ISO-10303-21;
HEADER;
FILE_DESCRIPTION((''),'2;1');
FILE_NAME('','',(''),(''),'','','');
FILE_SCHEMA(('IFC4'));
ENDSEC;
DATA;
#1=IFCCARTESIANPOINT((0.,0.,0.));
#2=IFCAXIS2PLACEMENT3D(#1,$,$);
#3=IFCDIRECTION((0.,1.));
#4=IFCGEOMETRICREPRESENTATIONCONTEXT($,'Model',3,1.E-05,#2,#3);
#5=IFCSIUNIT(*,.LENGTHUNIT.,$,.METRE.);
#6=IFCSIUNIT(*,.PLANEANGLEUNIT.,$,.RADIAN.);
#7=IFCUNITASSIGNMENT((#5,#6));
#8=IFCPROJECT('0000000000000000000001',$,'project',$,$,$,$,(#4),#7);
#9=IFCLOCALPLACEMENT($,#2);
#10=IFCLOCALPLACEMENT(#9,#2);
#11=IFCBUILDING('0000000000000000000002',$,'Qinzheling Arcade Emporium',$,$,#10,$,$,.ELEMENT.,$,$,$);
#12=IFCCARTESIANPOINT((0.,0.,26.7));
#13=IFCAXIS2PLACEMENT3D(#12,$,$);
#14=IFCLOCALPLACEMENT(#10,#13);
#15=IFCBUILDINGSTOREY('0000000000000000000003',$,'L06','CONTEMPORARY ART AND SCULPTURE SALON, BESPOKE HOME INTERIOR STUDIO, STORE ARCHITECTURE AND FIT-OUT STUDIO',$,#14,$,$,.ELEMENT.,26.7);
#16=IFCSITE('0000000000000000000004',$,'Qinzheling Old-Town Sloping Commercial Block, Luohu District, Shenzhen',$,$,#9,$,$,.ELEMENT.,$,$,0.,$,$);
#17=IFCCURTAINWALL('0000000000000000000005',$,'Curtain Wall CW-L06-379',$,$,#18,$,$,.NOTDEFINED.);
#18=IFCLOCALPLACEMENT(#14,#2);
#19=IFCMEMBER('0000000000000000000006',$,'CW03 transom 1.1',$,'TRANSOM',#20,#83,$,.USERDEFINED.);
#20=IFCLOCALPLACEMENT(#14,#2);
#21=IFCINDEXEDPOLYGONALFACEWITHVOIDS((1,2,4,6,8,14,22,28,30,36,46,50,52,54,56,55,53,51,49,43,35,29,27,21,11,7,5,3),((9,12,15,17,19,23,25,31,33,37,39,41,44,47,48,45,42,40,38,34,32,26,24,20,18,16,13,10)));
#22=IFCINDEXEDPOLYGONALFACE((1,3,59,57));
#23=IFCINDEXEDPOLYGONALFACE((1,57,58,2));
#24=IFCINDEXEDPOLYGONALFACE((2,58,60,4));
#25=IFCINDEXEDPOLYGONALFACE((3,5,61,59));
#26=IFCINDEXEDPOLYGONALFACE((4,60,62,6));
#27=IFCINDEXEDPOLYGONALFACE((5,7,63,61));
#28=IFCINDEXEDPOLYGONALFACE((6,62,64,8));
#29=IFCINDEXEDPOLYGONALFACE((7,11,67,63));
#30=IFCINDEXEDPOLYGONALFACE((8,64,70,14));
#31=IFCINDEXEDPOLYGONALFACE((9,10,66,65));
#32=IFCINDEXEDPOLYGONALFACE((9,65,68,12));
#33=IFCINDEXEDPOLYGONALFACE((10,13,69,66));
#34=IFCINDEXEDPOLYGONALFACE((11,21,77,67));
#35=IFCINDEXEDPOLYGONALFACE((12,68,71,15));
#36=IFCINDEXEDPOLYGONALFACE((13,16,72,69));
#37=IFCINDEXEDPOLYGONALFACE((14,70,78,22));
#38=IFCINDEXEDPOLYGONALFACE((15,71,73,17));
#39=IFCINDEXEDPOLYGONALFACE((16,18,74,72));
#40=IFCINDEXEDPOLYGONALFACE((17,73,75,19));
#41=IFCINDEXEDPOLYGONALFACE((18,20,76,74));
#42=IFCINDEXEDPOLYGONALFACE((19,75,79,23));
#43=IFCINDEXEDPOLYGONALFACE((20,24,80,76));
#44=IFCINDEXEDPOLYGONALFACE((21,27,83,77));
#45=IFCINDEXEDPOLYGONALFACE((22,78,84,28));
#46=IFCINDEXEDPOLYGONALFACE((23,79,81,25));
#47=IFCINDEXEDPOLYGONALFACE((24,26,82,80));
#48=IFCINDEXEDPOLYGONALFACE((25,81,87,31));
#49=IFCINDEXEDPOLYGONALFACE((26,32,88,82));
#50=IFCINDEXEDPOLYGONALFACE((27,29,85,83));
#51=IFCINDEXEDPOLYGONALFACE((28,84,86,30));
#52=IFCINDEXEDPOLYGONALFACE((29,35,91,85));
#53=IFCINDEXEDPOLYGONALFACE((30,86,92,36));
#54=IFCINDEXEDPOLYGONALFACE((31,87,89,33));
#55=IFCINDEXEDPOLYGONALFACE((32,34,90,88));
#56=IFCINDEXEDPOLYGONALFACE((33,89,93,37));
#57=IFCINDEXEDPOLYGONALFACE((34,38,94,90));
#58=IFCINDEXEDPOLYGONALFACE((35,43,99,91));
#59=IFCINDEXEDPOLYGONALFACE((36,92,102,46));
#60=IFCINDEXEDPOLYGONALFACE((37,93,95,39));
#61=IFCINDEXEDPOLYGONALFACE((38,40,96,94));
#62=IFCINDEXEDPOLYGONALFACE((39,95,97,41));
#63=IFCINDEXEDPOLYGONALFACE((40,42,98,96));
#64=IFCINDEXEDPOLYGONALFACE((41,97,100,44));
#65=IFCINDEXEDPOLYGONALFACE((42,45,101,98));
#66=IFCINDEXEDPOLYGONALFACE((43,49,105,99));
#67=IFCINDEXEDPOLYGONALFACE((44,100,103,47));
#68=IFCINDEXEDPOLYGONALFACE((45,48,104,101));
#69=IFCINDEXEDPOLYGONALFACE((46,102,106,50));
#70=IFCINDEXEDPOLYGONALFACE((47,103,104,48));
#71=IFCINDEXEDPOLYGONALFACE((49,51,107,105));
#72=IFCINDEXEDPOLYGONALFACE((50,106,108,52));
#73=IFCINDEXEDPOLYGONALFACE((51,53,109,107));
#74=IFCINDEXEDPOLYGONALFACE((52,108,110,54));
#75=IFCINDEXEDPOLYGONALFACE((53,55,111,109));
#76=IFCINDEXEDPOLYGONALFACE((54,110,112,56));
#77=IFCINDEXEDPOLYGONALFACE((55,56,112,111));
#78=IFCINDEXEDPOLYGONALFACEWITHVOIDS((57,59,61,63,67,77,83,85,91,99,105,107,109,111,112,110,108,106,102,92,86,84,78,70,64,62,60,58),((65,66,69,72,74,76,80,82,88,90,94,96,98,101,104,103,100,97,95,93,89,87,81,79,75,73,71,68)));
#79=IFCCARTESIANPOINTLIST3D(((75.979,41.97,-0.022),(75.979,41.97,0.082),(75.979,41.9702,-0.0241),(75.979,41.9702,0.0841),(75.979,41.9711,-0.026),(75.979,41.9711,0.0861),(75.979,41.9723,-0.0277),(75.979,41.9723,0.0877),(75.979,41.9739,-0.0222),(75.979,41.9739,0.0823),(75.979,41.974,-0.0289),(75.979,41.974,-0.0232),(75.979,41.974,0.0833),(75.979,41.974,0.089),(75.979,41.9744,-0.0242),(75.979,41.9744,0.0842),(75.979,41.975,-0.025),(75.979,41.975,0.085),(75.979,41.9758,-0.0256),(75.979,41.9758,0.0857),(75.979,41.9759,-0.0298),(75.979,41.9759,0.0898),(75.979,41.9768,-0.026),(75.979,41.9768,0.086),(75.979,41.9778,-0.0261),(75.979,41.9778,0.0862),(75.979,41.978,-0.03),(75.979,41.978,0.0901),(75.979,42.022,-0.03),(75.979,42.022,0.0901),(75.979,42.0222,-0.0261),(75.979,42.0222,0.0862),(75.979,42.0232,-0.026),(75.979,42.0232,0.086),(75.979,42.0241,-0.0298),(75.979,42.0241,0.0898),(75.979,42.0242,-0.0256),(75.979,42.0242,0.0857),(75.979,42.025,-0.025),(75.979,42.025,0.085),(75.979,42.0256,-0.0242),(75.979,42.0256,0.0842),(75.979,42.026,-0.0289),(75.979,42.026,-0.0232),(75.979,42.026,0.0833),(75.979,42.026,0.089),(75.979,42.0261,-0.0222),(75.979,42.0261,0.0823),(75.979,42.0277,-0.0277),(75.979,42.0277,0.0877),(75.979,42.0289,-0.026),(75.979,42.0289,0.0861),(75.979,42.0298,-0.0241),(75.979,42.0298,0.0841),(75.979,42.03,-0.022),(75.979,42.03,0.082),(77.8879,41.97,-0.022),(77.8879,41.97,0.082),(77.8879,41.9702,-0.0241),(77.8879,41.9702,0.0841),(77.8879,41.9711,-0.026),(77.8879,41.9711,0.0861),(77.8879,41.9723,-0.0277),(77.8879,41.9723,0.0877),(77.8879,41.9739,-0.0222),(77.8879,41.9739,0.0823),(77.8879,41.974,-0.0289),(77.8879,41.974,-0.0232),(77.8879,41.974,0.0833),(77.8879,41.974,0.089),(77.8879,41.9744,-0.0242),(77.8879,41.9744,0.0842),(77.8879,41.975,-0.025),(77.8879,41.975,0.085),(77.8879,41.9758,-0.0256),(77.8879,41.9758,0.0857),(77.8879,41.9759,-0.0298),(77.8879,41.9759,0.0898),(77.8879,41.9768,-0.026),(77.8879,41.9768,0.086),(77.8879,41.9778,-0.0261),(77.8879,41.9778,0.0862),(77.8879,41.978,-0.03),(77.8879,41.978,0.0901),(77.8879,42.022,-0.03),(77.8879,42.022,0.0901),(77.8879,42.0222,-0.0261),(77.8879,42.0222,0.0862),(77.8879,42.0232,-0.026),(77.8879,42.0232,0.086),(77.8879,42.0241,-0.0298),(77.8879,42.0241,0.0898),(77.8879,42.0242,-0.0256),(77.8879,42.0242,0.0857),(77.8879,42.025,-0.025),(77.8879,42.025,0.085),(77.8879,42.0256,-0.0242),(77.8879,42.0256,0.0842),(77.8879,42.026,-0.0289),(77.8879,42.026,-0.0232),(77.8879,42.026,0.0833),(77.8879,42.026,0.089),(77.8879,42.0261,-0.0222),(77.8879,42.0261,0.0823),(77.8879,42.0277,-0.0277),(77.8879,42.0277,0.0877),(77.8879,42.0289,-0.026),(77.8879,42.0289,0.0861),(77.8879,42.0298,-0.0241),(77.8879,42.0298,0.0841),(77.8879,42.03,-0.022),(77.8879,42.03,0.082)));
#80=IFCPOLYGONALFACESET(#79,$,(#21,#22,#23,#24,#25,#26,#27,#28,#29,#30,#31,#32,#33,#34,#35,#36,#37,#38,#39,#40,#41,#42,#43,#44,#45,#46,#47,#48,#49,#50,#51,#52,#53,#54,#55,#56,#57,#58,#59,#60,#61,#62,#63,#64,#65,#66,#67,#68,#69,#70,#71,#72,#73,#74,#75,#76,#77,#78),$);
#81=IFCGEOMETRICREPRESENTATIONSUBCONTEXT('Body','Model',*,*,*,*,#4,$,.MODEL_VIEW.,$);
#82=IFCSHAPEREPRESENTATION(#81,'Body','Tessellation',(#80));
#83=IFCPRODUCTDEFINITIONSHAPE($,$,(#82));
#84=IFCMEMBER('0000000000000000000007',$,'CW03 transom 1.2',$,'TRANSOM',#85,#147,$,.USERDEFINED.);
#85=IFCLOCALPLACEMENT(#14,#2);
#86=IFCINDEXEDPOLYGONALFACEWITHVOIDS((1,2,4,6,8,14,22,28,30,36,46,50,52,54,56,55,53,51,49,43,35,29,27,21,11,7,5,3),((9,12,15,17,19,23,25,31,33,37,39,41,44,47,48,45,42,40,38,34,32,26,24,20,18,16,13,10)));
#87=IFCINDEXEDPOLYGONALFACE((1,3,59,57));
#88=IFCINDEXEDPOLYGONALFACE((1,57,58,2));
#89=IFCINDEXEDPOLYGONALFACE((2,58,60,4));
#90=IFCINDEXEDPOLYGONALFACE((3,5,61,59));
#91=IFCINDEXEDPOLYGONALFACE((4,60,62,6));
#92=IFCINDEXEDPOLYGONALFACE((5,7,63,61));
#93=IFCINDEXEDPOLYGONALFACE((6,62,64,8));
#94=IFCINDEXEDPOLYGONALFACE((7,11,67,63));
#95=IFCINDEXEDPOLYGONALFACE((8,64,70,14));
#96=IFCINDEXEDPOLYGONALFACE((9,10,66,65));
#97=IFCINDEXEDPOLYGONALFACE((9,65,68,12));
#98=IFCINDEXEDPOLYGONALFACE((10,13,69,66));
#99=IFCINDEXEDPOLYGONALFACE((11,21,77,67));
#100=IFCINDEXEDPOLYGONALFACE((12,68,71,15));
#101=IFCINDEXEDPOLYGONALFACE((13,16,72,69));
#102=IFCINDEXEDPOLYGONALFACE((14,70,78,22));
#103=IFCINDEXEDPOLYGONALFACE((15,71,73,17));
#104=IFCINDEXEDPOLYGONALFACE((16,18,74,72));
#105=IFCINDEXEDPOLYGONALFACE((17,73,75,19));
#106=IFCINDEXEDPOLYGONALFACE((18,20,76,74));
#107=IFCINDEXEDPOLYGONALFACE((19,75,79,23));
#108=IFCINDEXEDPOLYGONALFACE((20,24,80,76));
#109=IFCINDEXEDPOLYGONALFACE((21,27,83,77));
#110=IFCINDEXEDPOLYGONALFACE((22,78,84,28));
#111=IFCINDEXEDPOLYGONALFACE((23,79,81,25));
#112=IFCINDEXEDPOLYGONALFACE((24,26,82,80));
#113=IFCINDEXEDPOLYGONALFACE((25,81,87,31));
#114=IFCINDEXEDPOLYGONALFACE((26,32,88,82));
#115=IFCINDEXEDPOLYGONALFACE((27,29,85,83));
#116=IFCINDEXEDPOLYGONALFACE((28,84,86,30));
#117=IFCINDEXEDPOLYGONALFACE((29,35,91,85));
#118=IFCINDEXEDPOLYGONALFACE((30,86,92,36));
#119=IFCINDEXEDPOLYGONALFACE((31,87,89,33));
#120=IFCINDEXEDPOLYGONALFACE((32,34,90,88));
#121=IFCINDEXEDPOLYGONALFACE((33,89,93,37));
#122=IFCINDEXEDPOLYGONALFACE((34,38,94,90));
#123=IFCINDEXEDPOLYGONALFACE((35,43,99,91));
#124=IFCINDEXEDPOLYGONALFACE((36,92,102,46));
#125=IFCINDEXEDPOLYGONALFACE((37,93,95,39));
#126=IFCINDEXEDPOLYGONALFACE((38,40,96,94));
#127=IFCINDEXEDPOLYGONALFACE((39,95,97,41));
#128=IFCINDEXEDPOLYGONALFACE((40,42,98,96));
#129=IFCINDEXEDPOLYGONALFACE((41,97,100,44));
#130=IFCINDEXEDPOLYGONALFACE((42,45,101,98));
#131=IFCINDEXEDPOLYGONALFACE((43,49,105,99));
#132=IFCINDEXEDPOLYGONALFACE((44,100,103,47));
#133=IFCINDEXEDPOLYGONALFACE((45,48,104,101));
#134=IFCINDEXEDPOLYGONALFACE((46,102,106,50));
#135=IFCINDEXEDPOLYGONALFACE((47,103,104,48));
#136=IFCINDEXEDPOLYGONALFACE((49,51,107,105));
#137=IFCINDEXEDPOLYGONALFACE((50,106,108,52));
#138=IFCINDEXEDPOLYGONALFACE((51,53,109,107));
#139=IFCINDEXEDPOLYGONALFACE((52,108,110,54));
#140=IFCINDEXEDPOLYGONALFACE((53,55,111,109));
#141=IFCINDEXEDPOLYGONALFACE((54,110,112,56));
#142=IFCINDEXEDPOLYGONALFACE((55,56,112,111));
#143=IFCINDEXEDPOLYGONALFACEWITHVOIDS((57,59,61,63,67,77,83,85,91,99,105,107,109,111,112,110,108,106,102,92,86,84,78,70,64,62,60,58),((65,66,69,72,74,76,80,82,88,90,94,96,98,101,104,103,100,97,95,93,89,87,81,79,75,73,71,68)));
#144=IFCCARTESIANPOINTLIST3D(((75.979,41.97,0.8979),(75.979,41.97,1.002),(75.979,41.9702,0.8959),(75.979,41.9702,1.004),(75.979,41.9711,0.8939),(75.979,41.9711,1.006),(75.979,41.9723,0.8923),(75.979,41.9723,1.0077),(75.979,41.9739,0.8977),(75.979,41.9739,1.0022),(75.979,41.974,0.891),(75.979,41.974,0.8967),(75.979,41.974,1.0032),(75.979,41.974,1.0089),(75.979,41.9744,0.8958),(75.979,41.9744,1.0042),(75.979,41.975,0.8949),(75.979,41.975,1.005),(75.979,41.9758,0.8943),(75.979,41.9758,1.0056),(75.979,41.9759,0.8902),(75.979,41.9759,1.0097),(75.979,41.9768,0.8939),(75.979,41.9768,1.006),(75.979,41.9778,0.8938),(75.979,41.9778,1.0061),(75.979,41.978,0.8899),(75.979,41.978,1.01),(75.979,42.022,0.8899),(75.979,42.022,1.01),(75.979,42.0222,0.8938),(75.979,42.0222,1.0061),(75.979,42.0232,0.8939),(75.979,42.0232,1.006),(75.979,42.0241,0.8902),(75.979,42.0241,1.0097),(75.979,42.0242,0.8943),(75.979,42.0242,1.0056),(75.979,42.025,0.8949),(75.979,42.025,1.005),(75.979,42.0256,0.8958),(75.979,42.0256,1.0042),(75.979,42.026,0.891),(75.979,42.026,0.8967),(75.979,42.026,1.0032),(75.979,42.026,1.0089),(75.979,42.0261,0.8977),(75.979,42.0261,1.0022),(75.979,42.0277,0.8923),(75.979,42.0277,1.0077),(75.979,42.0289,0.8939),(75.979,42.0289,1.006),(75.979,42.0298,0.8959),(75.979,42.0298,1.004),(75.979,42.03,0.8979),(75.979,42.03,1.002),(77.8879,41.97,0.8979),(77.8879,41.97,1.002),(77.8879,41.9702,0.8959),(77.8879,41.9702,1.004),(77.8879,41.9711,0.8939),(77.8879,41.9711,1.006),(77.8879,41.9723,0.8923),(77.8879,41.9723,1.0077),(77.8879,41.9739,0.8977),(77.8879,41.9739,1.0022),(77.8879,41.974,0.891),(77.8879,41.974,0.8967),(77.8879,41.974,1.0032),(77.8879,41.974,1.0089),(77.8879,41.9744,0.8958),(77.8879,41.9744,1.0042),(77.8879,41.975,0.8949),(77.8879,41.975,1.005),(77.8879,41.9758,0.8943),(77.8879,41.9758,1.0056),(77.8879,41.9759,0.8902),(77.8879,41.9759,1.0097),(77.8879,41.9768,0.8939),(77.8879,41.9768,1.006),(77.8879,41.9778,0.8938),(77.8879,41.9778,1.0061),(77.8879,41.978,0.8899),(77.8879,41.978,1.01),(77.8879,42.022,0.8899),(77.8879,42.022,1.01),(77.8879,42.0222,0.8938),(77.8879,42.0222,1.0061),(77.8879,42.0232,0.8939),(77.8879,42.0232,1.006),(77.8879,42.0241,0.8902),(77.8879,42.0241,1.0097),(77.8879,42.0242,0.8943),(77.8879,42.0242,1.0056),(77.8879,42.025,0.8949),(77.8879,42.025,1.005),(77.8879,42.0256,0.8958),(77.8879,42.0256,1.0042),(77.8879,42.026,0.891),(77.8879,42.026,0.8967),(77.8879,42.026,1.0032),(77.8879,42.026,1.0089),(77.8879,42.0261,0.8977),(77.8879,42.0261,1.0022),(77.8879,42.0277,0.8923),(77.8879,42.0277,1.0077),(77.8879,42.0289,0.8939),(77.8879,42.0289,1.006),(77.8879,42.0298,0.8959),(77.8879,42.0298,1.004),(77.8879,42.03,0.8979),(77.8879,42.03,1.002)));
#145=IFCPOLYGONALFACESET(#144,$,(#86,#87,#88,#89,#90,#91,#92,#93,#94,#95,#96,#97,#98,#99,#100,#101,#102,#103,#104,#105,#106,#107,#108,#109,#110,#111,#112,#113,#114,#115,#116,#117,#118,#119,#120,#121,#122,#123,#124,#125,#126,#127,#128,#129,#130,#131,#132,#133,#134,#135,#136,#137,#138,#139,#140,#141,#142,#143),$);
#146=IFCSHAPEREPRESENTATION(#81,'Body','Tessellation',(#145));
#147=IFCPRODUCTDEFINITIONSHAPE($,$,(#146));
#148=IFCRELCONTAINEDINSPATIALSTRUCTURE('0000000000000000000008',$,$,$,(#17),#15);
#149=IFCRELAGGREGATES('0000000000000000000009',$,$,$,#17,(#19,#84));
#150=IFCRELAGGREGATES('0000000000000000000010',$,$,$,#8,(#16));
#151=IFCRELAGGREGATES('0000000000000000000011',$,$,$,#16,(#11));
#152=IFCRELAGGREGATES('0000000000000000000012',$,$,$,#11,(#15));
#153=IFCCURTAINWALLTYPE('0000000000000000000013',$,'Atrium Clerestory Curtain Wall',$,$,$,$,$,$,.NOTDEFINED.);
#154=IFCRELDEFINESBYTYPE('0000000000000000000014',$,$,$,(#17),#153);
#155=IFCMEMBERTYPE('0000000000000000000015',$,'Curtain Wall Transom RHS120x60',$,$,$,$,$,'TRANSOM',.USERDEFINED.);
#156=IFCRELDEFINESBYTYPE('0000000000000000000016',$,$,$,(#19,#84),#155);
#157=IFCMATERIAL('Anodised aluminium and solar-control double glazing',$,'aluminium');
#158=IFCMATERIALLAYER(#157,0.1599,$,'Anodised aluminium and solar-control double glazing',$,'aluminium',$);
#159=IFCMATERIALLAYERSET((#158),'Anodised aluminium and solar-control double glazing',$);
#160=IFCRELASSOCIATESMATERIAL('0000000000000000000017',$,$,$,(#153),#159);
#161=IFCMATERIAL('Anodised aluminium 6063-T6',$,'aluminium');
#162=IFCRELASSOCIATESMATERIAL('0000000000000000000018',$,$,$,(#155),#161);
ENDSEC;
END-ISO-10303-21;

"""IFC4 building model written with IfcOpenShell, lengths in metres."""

from ifc_helpers import new_model, si_unit, direction, frame, origin, origin_2d, place, context, subcontext, project, spatial, hollow_rectangle, extrude, material, layer, layer_set, material_profile, profile_set, type_object, element, aggregate, save


model = new_model("IFC4")

# Units and contexts
model_context = context("Model", 3, precision=1e-05, world=origin(), true_north=direction((0.0, 1.0)))
body_context = subcontext(model_context, "Body", "Model", "MODEL_VIEW")
ifc_project = project(units=[si_unit("LENGTHUNIT", "METRE"), si_unit("PLANEANGLEUNIT", "RADIAN")], contexts=[model_context])

# Site, building, storey
site_placement = place(None, origin())
site = spatial("IfcSite", under=ifc_project, at=site_placement, Name="Qinzheling Old-Town Sloping Commercial Block, Luohu District, Shenzhen", CompositionType="ELEMENT", RefElevation=0.0)
building_placement = place(site_placement, origin())
building = spatial("IfcBuilding", under=site, at=building_placement, Name="Qinzheling Arcade Emporium", CompositionType="ELEMENT")
storey_placement = place(building_placement, frame((0.0, 0.0, 26.7)))
storey = spatial("IfcBuildingStorey", under=building, at=storey_placement, Name="L06", Description="CONTEMPORARY ART AND SCULPTURE SALON, BESPOKE HOME INTERIOR STUDIO, STORE ARCHITECTURE AND FIT-OUT STUDIO", CompositionType="ELEMENT", Elevation=26.7)

# Curtain wall
ifc_material_1 = material(Name="Anodised aluminium and solar-control double glazing", Category="aluminium")
ifc_layer_1 = layer(ifc_material_1, 0.1599, Name="Anodised aluminium and solar-control double glazing", Category="aluminium")
ifc_layer_set_1 = layer_set([ifc_layer_1], Name="Anodised aluminium and solar-control double glazing")
curtain_wall_type = type_object("IfcCurtainWallType", Name="Atrium Clerestory Curtain Wall", PredefinedType="NOTDEFINED", material=ifc_layer_set_1)
ifc_material_2 = material(Name="Anodised aluminium 6063-T6", Category="aluminium")
curtain_wall_1_placement = place(storey_placement, origin())
curtain_wall_1 = element("IfcCurtainWall", 1, at=curtain_wall_1_placement, inside=storey, type_object=curtain_wall_type, Name="Curtain Wall CW-L06-379", PredefinedType="NOTDEFINED")

# Members
ifc_material_profile_1 = material_profile(ifc_material_2, hollow_rectangle(XDim=0.0601, YDim=0.1201, WallThickness=0.0039, InnerFilletRadius=0.0039, OuterFilletRadius=0.0081, at=origin_2d()), Name="RHS 120x60x4", Category="aluminium")
ifc_profile_set_1 = profile_set([ifc_material_profile_1], Name="Anodised aluminium 6063-T6")
member_type_1 = type_object("IfcMemberType", Name="Curtain Wall Transom RHS120x60", ElementType="TRANSOM", PredefinedType="USERDEFINED", material=ifc_profile_set_1)
member_1_placement = place(storey_placement, frame((77.8879, 42.0, 0.03), z_axis=(-1.0, 0.0, 0.0), x_axis=(0.0, -1.0, 0.0)))
member_1 = element("IfcMember", 2, at=member_1_placement, type_object=member_type_1, Name="CW03 transom 1.1", ObjectType="TRANSOM", PredefinedType="USERDEFINED", context=body_context, shape_type="SweptSolid", body=[
    extrude(hollow_rectangle(XDim=0.0601, YDim=0.1201, WallThickness=0.0039, InnerFilletRadius=0.0039, OuterFilletRadius=0.0081, at=origin_2d()), origin(), (0.0, 0.0, 1.0), 1.9089),
])
member_2_placement = place(storey_placement, frame((77.8879, 42.0, 0.95), z_axis=(-1.0, 0.0, 0.0), x_axis=(0.0, -1.0, 0.0)))
member_2 = element("IfcMember", 3, at=member_2_placement, type_object=member_type_1, Name="CW03 transom 1.2", ObjectType="TRANSOM", PredefinedType="USERDEFINED", context=body_context, shape_type="SweptSolid", body=[
    extrude(hollow_rectangle(XDim=0.0601, YDim=0.1201, WallThickness=0.0039, InnerFilletRadius=0.0039, OuterFilletRadius=0.0081, at=origin_2d()), origin(), (0.0, 0.0, 1.0), 1.9089),
])

aggregate(curtain_wall_1, [member_1, member_2])

save(model, "model.ifc")
